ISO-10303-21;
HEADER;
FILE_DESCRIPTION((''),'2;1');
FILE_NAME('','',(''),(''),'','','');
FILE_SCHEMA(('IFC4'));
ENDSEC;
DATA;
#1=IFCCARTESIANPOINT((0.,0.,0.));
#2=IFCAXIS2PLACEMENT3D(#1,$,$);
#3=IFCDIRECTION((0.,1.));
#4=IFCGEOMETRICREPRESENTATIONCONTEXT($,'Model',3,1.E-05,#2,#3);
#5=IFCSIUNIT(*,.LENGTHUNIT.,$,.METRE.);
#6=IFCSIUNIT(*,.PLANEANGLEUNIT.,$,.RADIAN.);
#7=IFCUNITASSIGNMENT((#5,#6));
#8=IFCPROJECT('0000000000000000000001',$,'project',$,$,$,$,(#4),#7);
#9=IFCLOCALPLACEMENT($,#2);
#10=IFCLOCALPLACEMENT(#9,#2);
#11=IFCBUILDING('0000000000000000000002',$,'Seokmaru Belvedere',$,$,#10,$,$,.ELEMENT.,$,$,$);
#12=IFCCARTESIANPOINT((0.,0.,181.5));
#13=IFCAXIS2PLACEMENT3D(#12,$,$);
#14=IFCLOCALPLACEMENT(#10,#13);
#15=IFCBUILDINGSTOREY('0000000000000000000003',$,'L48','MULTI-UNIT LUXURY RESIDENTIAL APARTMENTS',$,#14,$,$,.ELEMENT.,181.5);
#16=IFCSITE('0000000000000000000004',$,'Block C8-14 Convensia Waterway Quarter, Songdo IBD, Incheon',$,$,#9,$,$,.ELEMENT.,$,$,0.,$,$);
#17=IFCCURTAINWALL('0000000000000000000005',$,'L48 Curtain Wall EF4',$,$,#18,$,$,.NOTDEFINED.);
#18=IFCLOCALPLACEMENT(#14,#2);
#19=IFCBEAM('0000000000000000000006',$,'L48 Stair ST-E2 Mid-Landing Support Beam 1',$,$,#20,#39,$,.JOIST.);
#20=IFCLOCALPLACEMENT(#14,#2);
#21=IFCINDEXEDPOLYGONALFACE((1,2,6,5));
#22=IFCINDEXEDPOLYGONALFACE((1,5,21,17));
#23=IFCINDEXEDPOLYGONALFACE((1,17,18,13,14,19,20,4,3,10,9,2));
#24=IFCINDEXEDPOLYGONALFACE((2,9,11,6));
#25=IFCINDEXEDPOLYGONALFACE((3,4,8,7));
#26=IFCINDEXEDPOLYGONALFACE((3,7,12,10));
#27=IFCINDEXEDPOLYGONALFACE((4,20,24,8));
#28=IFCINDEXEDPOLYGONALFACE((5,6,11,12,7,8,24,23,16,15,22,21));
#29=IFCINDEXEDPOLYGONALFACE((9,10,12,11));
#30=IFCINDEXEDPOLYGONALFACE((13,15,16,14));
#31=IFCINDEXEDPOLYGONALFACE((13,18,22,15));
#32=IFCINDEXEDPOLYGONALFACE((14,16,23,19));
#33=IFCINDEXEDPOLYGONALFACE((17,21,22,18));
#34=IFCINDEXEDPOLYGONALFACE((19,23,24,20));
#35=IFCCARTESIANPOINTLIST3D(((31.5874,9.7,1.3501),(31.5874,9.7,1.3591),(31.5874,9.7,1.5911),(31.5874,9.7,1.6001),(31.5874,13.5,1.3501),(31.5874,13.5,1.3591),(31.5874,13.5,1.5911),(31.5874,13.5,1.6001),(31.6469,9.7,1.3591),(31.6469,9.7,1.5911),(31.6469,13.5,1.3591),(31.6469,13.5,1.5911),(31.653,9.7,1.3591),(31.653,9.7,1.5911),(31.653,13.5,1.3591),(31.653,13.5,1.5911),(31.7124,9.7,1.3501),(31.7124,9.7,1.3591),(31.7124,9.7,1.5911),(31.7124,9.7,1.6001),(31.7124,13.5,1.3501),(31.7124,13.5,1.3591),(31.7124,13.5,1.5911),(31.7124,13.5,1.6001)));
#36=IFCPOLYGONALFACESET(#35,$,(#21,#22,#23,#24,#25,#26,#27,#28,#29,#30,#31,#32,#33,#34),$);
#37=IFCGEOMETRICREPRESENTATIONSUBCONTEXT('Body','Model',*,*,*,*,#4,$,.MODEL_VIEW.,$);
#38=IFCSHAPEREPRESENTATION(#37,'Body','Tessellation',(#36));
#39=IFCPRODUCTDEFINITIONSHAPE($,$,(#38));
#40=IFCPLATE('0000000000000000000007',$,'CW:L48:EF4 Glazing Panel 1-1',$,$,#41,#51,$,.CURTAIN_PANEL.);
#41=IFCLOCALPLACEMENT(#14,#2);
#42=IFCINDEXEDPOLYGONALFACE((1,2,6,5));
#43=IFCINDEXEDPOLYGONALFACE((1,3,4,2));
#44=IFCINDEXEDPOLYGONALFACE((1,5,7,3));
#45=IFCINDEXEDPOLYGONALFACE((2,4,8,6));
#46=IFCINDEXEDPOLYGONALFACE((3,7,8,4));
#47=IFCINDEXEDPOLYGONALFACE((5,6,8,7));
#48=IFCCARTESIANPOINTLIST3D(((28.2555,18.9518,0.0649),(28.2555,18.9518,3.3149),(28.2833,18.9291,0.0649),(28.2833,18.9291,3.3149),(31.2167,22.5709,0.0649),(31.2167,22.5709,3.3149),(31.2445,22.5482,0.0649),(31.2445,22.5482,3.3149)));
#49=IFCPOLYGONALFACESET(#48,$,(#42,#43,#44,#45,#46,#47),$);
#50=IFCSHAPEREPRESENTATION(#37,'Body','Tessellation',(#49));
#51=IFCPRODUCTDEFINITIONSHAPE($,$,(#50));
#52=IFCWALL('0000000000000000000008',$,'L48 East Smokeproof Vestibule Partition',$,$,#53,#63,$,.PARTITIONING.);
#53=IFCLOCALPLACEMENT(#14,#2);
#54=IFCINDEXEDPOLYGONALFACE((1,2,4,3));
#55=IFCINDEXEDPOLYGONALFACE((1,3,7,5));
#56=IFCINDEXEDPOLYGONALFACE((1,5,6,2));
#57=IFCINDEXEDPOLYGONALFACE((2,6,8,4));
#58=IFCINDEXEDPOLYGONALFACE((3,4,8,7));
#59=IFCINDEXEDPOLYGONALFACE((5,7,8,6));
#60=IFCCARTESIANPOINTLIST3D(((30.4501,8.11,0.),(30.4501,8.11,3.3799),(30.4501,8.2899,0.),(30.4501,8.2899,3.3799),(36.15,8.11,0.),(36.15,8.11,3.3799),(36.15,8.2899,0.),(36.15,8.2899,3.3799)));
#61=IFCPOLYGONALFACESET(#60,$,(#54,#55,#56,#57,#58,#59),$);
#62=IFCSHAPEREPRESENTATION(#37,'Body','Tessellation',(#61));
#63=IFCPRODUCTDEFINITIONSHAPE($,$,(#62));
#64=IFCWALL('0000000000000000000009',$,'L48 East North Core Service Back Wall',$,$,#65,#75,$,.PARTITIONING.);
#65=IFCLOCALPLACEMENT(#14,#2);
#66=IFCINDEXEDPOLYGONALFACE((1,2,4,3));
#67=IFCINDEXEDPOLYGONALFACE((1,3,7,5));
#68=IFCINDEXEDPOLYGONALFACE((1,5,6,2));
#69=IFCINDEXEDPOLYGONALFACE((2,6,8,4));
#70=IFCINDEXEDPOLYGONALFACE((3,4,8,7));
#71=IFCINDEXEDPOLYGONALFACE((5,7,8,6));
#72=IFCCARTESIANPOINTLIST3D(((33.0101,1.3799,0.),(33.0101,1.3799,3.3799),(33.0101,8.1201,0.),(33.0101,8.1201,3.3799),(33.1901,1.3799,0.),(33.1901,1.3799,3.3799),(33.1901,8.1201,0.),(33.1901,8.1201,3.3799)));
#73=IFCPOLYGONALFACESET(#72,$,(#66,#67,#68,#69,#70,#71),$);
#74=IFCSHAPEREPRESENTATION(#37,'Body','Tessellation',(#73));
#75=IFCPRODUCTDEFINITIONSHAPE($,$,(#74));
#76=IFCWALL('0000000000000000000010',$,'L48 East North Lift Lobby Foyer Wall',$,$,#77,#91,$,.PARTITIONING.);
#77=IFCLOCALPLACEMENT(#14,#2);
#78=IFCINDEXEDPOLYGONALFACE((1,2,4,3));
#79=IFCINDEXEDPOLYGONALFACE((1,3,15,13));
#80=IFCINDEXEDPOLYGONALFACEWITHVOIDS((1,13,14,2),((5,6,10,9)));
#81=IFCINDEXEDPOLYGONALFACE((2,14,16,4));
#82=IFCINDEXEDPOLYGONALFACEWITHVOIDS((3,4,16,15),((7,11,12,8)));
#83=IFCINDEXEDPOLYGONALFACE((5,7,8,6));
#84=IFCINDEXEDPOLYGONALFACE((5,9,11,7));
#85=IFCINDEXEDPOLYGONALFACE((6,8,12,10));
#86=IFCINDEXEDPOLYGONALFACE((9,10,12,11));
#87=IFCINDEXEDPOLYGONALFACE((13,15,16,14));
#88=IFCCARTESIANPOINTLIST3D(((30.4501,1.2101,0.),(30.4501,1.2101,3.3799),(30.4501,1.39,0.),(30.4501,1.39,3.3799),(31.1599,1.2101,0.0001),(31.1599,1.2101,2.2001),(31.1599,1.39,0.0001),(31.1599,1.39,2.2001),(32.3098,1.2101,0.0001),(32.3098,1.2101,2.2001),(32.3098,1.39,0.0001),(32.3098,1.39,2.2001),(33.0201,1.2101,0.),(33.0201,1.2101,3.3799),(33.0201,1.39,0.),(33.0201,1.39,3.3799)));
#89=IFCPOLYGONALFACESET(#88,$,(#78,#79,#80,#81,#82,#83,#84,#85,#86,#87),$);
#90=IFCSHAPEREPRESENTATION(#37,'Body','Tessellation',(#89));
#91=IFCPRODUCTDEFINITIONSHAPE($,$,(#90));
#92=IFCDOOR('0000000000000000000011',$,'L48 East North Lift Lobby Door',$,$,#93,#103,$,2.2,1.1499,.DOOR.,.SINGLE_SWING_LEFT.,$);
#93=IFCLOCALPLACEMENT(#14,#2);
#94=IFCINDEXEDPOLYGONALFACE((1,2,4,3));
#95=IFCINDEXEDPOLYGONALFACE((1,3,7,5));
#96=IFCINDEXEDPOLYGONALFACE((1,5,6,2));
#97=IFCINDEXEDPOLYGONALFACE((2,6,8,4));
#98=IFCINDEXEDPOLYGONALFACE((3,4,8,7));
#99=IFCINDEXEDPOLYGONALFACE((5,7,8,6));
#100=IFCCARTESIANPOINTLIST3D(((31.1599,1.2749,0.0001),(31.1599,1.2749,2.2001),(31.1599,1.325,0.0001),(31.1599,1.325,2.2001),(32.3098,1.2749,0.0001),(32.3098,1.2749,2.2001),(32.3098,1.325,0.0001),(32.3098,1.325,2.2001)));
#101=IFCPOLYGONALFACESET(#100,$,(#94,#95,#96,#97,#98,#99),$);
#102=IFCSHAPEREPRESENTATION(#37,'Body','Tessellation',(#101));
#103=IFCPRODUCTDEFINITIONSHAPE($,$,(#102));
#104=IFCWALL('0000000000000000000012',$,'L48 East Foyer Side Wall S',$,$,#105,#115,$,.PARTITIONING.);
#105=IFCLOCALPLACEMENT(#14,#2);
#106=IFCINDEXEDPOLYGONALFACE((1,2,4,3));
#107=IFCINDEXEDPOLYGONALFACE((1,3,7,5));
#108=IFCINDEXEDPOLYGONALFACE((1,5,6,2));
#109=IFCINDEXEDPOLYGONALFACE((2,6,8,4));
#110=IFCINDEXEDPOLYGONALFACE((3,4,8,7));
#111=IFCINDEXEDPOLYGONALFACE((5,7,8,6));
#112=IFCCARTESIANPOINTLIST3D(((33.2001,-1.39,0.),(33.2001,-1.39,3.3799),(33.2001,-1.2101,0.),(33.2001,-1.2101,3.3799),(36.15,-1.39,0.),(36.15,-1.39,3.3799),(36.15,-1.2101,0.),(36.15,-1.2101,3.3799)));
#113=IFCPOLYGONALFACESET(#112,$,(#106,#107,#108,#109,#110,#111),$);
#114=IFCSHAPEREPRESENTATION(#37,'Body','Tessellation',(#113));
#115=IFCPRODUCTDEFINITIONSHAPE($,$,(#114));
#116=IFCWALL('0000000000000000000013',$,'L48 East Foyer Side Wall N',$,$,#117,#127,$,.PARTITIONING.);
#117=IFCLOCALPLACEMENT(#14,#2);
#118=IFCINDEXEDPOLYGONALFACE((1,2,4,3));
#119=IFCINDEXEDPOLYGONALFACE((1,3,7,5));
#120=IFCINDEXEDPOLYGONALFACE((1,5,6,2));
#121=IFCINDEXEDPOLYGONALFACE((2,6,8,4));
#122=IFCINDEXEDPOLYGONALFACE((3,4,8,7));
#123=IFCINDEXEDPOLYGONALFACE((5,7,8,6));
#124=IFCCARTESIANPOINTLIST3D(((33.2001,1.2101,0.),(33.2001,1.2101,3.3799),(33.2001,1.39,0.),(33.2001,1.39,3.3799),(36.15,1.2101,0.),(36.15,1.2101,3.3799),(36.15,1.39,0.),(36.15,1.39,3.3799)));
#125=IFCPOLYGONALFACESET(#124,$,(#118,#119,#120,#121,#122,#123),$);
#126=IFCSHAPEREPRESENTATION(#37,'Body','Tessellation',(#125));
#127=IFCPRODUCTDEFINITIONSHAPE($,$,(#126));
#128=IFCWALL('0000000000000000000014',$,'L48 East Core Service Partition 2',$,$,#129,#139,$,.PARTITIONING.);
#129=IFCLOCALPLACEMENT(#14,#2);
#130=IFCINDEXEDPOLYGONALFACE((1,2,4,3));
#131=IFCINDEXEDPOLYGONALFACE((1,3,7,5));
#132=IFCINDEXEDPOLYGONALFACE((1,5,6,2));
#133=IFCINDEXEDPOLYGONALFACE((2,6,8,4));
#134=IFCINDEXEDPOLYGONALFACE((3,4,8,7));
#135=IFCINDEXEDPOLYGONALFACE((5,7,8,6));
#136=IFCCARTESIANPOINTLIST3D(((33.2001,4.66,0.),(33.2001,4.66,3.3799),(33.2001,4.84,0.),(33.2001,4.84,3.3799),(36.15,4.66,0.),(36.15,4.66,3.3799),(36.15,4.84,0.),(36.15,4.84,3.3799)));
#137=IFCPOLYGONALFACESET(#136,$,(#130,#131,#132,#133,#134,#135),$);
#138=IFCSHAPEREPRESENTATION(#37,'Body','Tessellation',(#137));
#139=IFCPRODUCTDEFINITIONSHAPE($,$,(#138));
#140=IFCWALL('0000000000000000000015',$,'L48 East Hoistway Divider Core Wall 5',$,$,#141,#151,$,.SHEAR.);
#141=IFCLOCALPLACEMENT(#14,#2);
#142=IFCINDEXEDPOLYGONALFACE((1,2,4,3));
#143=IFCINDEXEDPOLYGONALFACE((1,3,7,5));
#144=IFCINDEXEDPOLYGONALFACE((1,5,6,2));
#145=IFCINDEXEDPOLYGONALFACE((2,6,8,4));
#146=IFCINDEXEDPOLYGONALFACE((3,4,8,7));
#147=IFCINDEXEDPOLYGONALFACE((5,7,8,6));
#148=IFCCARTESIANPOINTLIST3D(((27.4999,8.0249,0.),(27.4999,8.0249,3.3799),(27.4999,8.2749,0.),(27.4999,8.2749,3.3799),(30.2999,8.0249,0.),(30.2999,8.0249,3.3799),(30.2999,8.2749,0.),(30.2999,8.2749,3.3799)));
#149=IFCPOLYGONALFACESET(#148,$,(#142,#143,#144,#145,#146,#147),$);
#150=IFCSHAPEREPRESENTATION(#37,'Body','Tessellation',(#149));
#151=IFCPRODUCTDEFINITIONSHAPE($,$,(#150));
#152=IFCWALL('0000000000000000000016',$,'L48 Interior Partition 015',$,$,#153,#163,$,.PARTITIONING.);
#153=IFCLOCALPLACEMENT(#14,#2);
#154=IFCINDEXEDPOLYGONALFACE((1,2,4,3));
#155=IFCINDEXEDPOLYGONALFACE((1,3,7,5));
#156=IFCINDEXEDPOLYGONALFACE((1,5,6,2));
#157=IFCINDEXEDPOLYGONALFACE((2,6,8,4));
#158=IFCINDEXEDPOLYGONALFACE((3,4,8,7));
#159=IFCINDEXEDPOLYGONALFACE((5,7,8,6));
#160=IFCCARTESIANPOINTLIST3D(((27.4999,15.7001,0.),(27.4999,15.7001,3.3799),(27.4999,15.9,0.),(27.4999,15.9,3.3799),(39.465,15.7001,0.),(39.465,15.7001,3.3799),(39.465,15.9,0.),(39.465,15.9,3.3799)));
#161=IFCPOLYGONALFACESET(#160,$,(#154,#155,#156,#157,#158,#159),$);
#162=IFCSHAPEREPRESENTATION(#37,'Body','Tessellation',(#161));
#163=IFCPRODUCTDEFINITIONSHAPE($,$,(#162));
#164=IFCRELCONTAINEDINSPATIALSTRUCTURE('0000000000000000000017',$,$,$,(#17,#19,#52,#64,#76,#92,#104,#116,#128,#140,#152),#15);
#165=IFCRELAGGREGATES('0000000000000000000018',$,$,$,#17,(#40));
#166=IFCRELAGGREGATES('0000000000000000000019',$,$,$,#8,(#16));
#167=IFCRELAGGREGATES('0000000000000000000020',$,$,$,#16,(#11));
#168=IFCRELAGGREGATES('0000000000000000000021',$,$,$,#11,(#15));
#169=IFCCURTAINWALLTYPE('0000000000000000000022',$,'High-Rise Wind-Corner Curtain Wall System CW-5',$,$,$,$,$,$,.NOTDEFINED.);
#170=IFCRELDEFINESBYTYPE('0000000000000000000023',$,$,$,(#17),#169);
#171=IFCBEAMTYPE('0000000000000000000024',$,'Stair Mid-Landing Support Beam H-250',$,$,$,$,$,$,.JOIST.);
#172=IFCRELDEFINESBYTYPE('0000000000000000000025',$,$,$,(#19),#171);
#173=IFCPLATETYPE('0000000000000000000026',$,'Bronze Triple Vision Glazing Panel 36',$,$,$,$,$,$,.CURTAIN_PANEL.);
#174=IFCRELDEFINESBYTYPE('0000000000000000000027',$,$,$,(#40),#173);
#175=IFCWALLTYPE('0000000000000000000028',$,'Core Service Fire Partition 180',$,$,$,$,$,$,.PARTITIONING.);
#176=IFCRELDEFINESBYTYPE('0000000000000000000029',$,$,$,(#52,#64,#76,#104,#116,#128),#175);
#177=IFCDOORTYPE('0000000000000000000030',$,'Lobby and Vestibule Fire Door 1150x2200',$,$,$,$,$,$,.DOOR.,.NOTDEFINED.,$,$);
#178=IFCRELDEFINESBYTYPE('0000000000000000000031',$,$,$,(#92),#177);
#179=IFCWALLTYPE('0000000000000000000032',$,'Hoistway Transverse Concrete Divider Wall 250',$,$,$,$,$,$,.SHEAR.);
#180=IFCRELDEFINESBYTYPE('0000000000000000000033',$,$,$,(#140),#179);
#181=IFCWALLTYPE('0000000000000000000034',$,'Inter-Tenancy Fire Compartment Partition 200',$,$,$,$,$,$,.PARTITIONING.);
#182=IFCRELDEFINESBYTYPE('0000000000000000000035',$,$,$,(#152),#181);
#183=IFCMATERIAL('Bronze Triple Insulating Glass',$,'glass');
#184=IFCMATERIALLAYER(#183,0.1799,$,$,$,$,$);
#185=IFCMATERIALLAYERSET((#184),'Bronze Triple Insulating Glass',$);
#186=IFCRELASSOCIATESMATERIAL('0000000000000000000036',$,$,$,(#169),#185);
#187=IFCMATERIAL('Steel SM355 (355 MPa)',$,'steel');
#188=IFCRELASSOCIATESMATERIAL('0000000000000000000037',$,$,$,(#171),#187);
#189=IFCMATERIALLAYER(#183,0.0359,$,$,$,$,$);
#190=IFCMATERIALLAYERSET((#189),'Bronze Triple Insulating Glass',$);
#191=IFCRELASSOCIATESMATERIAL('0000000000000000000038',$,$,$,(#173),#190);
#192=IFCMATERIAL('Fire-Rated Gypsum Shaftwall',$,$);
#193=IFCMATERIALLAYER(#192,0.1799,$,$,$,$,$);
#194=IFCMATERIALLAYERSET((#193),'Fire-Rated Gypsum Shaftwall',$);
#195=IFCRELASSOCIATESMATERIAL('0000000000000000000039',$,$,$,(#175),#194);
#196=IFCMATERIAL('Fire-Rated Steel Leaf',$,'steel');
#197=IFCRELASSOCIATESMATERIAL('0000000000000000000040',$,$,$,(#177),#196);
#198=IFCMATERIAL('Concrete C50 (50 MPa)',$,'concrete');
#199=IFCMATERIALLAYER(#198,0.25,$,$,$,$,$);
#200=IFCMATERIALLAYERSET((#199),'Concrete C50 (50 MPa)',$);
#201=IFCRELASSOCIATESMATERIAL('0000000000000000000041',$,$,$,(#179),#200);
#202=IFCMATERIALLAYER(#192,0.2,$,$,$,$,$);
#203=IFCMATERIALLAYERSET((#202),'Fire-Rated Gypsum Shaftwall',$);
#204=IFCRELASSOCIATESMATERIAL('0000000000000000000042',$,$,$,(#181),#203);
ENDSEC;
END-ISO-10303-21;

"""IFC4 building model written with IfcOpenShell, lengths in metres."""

from ifc_helpers import new_model, si_unit, direction, frame, frame_2d, origin, origin_2d, place, context, subcontext, project, spatial, rectangle, i_section, extrude, source, transform, mapped, material, layer, layer_set, material_profile, profile_set, type_object, type_shapes, element, fill, aggregate, save


model = new_model("IFC4")

# Units and contexts
model_context = context("Model", 3, precision=1e-05, world=origin(), true_north=direction((0.0, 1.0)))
body_context = subcontext(model_context, "Body", "Model", "MODEL_VIEW")
ifc_project = project(units=[si_unit("LENGTHUNIT", "METRE"), si_unit("PLANEANGLEUNIT", "RADIAN")], contexts=[model_context])

# Site, building, storey
site_placement = place(None, origin())
site = spatial("IfcSite", under=ifc_project, at=site_placement, Name="Block C8-14 Convensia Waterway Quarter, Songdo IBD, Incheon", CompositionType="ELEMENT", RefElevation=0.0)
building_placement = place(site_placement, origin())
building = spatial("IfcBuilding", under=site, at=building_placement, Name="Seokmaru Belvedere", CompositionType="ELEMENT")
storey_placement = place(building_placement, frame((0.0, 0.0, 181.5)))
storey = spatial("IfcBuildingStorey", under=building, at=storey_placement, Name="L48", Description="MULTI-UNIT LUXURY RESIDENTIAL APARTMENTS", CompositionType="ELEMENT", Elevation=181.5)

# Shared definitions
ifc_material_1 = material(Name="Steel SM355 (355 MPa)", Category="steel")

# Curtain wall
ifc_material_2 = material(Name="Bronze Triple Insulating Glass", Category="glass")
ifc_layer_1 = layer(ifc_material_2, 0.1799)
ifc_layer_set_1 = layer_set([ifc_layer_1], Name="Bronze Triple Insulating Glass")
curtain_wall_type = type_object("IfcCurtainWallType", Name="High-Rise Wind-Corner Curtain Wall System CW-5", PredefinedType="NOTDEFINED", material=ifc_layer_set_1)
curtain_wall_1_placement = place(storey_placement, origin())
curtain_wall_1 = element("IfcCurtainWall", 1, at=curtain_wall_1_placement, inside=storey, type_object=curtain_wall_type, Name="L48 Curtain Wall EF4", PredefinedType="NOTDEFINED")

# Beam
ifc_material_profile_1 = material_profile(ifc_material_1, i_section(OverallWidth=0.125, OverallDepth=0.25, WebThickness=0.0061, FlangeThickness=0.009, at=origin_2d()), Name="H-250x125x6x9")
ifc_profile_set_1 = profile_set([ifc_material_profile_1], Name="Steel SM355 (355 MPa)")
beam_type_1 = type_object("IfcBeamType", Name="Stair Mid-Landing Support Beam H-250", PredefinedType="JOIST", material=ifc_profile_set_1)
shared_shape_1 = source(origin(), body_context, "Body", "SweptSolid", [
    extrude(i_section(OverallWidth=0.125, OverallDepth=0.25, WebThickness=0.0061, FlangeThickness=0.009, at=origin_2d()), origin(), (0.0, 0.0, 1.0), 3.8),
])
type_shapes(beam_type_1, [shared_shape_1])
beam_1_placement = place(storey_placement, frame((31.6499, 9.7, 1.4751), z_axis=(0.0, 1.0, 0.0), x_axis=(-1.0, 0.0, 0.0)))
element("IfcBeam", 2, at=beam_1_placement, inside=storey, type_object=beam_type_1, Name="L48 Stair ST-E2 Mid-Landing Support Beam 1", PredefinedType="JOIST", context=body_context, shape_type="MappedRepresentation", body=[
    mapped(shared_shape_1, transform((0.0, 0.0, 0.0), scale=1.0)),
])

# Plate
ifc_layer_2 = layer(ifc_material_2, 0.0359)
ifc_layer_set_2 = layer_set([ifc_layer_2], Name="Bronze Triple Insulating Glass")
plate_type = type_object("IfcPlateType", Name="Bronze Triple Vision Glazing Panel 36", PredefinedType="CURTAIN_PANEL", material=ifc_layer_set_2)
shared_shape_2 = source(origin(), body_context, "Body", "SweptSolid", [
    extrude(rectangle(XDim=4.6763, YDim=0.0359, at=origin_2d()), origin(), (0.0, 0.0, 1.0), 3.25),
])
type_shapes(plate_type, [shared_shape_2])
plate_placement = place(storey_placement, frame((29.75, 20.75, 0.0649), z_axis=(0.0, 0.0, 1.0), x_axis=(-0.633254, -0.773944, 0.0)))
plate = element("IfcPlate", 3, at=plate_placement, type_object=plate_type, Name="CW:L48:EF4 Glazing Panel 1-1", PredefinedType="CURTAIN_PANEL", context=body_context, shape_type="MappedRepresentation", body=[
    mapped(shared_shape_2, transform((0.0, 0.0, 0.0), scale=1.0)),
])
aggregate(curtain_wall_1, [plate])

# Walls
ifc_material_3 = material(Name="Fire-Rated Gypsum Shaftwall")
ifc_layer_3 = layer(ifc_material_3, 0.1799)
ifc_layer_set_3 = layer_set([ifc_layer_3], Name="Fire-Rated Gypsum Shaftwall")
wall_type_1 = type_object("IfcWallType", Name="Core Service Fire Partition 180", PredefinedType="PARTITIONING", material=ifc_layer_set_3)
wall_1_placement = place(storey_placement, frame((30.45, 8.2, 0.0), z_axis=(0.0, 0.0, 1.0), x_axis=(1.0, 0.0, 0.0)))
element("IfcWall", 4, at=wall_1_placement, inside=storey, type_object=wall_type_1, Name="L48 East Smokeproof Vestibule Partition", PredefinedType="PARTITIONING", context=body_context, shape_type="SweptSolid", body=[
    extrude(rectangle(XDim=5.7, YDim=0.1799, at=frame_2d((2.8501, 0.0))), origin(), (0.0, 0.0, 1.0), 3.3799),
])
wall_2_placement = place(storey_placement, frame((33.1001, 1.3799, 0.0), z_axis=(0.0, 0.0, 1.0), x_axis=(0.0, 1.0, 0.0)))
element("IfcWall", 5, at=wall_2_placement, inside=storey, type_object=wall_type_1, Name="L48 East North Core Service Back Wall", PredefinedType="PARTITIONING", context=body_context, shape_type="SweptSolid", body=[
    extrude(rectangle(XDim=6.7402, YDim=0.1799, at=frame_2d((3.3701, 0.0))), origin(), (0.0, 0.0, 1.0), 3.3799),
])

# Wall, opening, door
wall_3_placement = place(storey_placement, frame((30.45, 1.3, 0.0), z_axis=(0.0, 0.0, 1.0), x_axis=(1.0, 0.0, 0.0)))
wall_3 = element("IfcWall", 6, at=wall_3_placement, inside=storey, type_object=wall_type_1, Name="L48 East North Lift Lobby Foyer Wall", PredefinedType="PARTITIONING", context=body_context, shape_type="SweptSolid", body=[
    extrude(rectangle(XDim=2.5701, YDim=0.1799, at=frame_2d((1.2852, 0.0))), origin(), (0.0, 0.0, 1.0), 3.3799),
])
opening_1_placement = place(wall_3_placement, frame((0.71, 0.0, 0.0)))
opening_1 = element("IfcOpeningElement", 7, at=opening_1_placement, cuts=wall_3, PredefinedType="OPENING", context=body_context, shape_type="SweptSolid", body=[
    extrude(rectangle(XDim=1.1499, YDim=2.2, at=frame_2d((0.575, 1.1001))), frame((0.0, 0.1001, 0.0), z_axis=(0.0, -1.0, 0.0), x_axis=(1.0, 0.0, 0.0)), (0.0, 0.0, 1.0), 0.2),
])
ifc_material_4 = material(Name="Fire-Rated Steel Leaf", Category="steel")
door_type_1 = type_object("IfcDoorType", Name="Lobby and Vestibule Fire Door 1150x2200", OperationType="NOTDEFINED", PredefinedType="DOOR", material=ifc_material_4)
shared_shape_3 = source(origin(), body_context, "Body", "SweptSolid", [
    extrude(rectangle(XDim=1.1499, YDim=2.2, at=frame_2d((0.575, 1.1001))), frame((0.0, 0.0249, 0.0), z_axis=(0.0, -1.0, 0.0), x_axis=(1.0, 0.0, 0.0)), (0.0, 0.0, 1.0), 0.05),
])
type_shapes(door_type_1, [shared_shape_3])
door_1_placement = place(opening_1_placement, origin())
door_1 = element("IfcDoor", 8, at=door_1_placement, inside=storey, type_object=door_type_1, Name="L48 East North Lift Lobby Door", OperationType="SINGLE_SWING_LEFT", OverallHeight=2.2, OverallWidth=1.1499, PredefinedType="DOOR", context=body_context, shape_type="MappedRepresentation", body=[
    mapped(shared_shape_3, transform((0.0, 0.0, 0.0), scale=1.0)),
])
fill(opening_1, door_1)

# Walls
for number, where, z_axis, x_axis, name in (
    (9, (33.2, -1.3, 0.0), (0.0, 0.0, 1.0), (1.0, 0.0, 0.0), "L48 East Foyer Side Wall S"),
    (10, (33.2, 1.3, 0.0), (0.0, 0.0, 1.0), (1.0, 0.0, 0.0), "L48 East Foyer Side Wall N"),
    (11, (33.2, 4.75, 0.0), (0.0, 0.0, 1.0), (1.0, 0.0, 0.0), "L48 East Core Service Partition 2"),
):
    element("IfcWall", number, at=place(storey_placement, frame(where, z_axis=z_axis, x_axis=x_axis)), inside=storey, type_object=wall_type_1, Name=name, PredefinedType="PARTITIONING", context=body_context, shape_type="SweptSolid", body=[
        extrude(rectangle(XDim=2.95, YDim=0.1799, at=frame_2d((1.4751, 0.0))), origin(), (0.0, 0.0, 1.0), 3.3799),
    ])
ifc_material_5 = material(Name="Concrete C50 (50 MPa)", Category="concrete")
ifc_layer_4 = layer(ifc_material_5, 0.25)
ifc_layer_set_4 = layer_set([ifc_layer_4], Name="Concrete C50 (50 MPa)")
wall_type_2 = type_object("IfcWallType", Name="Hoistway Transverse Concrete Divider Wall 250", PredefinedType="SHEAR", material=ifc_layer_set_4)
wall_4_placement = place(storey_placement, frame((27.5, 8.1499, 0.0), z_axis=(0.0, 0.0, 1.0), x_axis=(1.0, 0.0, 0.0)))
element("IfcWall", 12, at=wall_4_placement, inside=storey, type_object=wall_type_2, Name="L48 East Hoistway Divider Core Wall 5", PredefinedType="SHEAR", context=body_context, shape_type="SweptSolid", body=[
    extrude(rectangle(XDim=2.8, YDim=0.25, at=frame_2d((1.3999, 0.0))), origin(), (0.0, 0.0, 1.0), 3.3799),
])
ifc_layer_5 = layer(ifc_material_3, 0.2)
ifc_layer_set_5 = layer_set([ifc_layer_5], Name="Fire-Rated Gypsum Shaftwall")
wall_type_3 = type_object("IfcWallType", Name="Inter-Tenancy Fire Compartment Partition 200", PredefinedType="PARTITIONING", material=ifc_layer_set_5)
wall_5_placement = place(storey_placement, frame((27.5, 15.8, 0.0), z_axis=(0.0, 0.0, 1.0), x_axis=(1.0, 0.0, 0.0)))
element("IfcWall", 13, at=wall_5_placement, inside=storey, type_object=wall_type_3, Name="L48 Interior Partition 015", PredefinedType="PARTITIONING", context=body_context, shape_type="SweptSolid", body=[
    extrude(rectangle(XDim=11.9651, YDim=0.2, at=frame_2d((5.9824, 0.0))), origin(), (0.0, 0.0, 1.0), 3.3799),
])

save(model, "model.ifc")
